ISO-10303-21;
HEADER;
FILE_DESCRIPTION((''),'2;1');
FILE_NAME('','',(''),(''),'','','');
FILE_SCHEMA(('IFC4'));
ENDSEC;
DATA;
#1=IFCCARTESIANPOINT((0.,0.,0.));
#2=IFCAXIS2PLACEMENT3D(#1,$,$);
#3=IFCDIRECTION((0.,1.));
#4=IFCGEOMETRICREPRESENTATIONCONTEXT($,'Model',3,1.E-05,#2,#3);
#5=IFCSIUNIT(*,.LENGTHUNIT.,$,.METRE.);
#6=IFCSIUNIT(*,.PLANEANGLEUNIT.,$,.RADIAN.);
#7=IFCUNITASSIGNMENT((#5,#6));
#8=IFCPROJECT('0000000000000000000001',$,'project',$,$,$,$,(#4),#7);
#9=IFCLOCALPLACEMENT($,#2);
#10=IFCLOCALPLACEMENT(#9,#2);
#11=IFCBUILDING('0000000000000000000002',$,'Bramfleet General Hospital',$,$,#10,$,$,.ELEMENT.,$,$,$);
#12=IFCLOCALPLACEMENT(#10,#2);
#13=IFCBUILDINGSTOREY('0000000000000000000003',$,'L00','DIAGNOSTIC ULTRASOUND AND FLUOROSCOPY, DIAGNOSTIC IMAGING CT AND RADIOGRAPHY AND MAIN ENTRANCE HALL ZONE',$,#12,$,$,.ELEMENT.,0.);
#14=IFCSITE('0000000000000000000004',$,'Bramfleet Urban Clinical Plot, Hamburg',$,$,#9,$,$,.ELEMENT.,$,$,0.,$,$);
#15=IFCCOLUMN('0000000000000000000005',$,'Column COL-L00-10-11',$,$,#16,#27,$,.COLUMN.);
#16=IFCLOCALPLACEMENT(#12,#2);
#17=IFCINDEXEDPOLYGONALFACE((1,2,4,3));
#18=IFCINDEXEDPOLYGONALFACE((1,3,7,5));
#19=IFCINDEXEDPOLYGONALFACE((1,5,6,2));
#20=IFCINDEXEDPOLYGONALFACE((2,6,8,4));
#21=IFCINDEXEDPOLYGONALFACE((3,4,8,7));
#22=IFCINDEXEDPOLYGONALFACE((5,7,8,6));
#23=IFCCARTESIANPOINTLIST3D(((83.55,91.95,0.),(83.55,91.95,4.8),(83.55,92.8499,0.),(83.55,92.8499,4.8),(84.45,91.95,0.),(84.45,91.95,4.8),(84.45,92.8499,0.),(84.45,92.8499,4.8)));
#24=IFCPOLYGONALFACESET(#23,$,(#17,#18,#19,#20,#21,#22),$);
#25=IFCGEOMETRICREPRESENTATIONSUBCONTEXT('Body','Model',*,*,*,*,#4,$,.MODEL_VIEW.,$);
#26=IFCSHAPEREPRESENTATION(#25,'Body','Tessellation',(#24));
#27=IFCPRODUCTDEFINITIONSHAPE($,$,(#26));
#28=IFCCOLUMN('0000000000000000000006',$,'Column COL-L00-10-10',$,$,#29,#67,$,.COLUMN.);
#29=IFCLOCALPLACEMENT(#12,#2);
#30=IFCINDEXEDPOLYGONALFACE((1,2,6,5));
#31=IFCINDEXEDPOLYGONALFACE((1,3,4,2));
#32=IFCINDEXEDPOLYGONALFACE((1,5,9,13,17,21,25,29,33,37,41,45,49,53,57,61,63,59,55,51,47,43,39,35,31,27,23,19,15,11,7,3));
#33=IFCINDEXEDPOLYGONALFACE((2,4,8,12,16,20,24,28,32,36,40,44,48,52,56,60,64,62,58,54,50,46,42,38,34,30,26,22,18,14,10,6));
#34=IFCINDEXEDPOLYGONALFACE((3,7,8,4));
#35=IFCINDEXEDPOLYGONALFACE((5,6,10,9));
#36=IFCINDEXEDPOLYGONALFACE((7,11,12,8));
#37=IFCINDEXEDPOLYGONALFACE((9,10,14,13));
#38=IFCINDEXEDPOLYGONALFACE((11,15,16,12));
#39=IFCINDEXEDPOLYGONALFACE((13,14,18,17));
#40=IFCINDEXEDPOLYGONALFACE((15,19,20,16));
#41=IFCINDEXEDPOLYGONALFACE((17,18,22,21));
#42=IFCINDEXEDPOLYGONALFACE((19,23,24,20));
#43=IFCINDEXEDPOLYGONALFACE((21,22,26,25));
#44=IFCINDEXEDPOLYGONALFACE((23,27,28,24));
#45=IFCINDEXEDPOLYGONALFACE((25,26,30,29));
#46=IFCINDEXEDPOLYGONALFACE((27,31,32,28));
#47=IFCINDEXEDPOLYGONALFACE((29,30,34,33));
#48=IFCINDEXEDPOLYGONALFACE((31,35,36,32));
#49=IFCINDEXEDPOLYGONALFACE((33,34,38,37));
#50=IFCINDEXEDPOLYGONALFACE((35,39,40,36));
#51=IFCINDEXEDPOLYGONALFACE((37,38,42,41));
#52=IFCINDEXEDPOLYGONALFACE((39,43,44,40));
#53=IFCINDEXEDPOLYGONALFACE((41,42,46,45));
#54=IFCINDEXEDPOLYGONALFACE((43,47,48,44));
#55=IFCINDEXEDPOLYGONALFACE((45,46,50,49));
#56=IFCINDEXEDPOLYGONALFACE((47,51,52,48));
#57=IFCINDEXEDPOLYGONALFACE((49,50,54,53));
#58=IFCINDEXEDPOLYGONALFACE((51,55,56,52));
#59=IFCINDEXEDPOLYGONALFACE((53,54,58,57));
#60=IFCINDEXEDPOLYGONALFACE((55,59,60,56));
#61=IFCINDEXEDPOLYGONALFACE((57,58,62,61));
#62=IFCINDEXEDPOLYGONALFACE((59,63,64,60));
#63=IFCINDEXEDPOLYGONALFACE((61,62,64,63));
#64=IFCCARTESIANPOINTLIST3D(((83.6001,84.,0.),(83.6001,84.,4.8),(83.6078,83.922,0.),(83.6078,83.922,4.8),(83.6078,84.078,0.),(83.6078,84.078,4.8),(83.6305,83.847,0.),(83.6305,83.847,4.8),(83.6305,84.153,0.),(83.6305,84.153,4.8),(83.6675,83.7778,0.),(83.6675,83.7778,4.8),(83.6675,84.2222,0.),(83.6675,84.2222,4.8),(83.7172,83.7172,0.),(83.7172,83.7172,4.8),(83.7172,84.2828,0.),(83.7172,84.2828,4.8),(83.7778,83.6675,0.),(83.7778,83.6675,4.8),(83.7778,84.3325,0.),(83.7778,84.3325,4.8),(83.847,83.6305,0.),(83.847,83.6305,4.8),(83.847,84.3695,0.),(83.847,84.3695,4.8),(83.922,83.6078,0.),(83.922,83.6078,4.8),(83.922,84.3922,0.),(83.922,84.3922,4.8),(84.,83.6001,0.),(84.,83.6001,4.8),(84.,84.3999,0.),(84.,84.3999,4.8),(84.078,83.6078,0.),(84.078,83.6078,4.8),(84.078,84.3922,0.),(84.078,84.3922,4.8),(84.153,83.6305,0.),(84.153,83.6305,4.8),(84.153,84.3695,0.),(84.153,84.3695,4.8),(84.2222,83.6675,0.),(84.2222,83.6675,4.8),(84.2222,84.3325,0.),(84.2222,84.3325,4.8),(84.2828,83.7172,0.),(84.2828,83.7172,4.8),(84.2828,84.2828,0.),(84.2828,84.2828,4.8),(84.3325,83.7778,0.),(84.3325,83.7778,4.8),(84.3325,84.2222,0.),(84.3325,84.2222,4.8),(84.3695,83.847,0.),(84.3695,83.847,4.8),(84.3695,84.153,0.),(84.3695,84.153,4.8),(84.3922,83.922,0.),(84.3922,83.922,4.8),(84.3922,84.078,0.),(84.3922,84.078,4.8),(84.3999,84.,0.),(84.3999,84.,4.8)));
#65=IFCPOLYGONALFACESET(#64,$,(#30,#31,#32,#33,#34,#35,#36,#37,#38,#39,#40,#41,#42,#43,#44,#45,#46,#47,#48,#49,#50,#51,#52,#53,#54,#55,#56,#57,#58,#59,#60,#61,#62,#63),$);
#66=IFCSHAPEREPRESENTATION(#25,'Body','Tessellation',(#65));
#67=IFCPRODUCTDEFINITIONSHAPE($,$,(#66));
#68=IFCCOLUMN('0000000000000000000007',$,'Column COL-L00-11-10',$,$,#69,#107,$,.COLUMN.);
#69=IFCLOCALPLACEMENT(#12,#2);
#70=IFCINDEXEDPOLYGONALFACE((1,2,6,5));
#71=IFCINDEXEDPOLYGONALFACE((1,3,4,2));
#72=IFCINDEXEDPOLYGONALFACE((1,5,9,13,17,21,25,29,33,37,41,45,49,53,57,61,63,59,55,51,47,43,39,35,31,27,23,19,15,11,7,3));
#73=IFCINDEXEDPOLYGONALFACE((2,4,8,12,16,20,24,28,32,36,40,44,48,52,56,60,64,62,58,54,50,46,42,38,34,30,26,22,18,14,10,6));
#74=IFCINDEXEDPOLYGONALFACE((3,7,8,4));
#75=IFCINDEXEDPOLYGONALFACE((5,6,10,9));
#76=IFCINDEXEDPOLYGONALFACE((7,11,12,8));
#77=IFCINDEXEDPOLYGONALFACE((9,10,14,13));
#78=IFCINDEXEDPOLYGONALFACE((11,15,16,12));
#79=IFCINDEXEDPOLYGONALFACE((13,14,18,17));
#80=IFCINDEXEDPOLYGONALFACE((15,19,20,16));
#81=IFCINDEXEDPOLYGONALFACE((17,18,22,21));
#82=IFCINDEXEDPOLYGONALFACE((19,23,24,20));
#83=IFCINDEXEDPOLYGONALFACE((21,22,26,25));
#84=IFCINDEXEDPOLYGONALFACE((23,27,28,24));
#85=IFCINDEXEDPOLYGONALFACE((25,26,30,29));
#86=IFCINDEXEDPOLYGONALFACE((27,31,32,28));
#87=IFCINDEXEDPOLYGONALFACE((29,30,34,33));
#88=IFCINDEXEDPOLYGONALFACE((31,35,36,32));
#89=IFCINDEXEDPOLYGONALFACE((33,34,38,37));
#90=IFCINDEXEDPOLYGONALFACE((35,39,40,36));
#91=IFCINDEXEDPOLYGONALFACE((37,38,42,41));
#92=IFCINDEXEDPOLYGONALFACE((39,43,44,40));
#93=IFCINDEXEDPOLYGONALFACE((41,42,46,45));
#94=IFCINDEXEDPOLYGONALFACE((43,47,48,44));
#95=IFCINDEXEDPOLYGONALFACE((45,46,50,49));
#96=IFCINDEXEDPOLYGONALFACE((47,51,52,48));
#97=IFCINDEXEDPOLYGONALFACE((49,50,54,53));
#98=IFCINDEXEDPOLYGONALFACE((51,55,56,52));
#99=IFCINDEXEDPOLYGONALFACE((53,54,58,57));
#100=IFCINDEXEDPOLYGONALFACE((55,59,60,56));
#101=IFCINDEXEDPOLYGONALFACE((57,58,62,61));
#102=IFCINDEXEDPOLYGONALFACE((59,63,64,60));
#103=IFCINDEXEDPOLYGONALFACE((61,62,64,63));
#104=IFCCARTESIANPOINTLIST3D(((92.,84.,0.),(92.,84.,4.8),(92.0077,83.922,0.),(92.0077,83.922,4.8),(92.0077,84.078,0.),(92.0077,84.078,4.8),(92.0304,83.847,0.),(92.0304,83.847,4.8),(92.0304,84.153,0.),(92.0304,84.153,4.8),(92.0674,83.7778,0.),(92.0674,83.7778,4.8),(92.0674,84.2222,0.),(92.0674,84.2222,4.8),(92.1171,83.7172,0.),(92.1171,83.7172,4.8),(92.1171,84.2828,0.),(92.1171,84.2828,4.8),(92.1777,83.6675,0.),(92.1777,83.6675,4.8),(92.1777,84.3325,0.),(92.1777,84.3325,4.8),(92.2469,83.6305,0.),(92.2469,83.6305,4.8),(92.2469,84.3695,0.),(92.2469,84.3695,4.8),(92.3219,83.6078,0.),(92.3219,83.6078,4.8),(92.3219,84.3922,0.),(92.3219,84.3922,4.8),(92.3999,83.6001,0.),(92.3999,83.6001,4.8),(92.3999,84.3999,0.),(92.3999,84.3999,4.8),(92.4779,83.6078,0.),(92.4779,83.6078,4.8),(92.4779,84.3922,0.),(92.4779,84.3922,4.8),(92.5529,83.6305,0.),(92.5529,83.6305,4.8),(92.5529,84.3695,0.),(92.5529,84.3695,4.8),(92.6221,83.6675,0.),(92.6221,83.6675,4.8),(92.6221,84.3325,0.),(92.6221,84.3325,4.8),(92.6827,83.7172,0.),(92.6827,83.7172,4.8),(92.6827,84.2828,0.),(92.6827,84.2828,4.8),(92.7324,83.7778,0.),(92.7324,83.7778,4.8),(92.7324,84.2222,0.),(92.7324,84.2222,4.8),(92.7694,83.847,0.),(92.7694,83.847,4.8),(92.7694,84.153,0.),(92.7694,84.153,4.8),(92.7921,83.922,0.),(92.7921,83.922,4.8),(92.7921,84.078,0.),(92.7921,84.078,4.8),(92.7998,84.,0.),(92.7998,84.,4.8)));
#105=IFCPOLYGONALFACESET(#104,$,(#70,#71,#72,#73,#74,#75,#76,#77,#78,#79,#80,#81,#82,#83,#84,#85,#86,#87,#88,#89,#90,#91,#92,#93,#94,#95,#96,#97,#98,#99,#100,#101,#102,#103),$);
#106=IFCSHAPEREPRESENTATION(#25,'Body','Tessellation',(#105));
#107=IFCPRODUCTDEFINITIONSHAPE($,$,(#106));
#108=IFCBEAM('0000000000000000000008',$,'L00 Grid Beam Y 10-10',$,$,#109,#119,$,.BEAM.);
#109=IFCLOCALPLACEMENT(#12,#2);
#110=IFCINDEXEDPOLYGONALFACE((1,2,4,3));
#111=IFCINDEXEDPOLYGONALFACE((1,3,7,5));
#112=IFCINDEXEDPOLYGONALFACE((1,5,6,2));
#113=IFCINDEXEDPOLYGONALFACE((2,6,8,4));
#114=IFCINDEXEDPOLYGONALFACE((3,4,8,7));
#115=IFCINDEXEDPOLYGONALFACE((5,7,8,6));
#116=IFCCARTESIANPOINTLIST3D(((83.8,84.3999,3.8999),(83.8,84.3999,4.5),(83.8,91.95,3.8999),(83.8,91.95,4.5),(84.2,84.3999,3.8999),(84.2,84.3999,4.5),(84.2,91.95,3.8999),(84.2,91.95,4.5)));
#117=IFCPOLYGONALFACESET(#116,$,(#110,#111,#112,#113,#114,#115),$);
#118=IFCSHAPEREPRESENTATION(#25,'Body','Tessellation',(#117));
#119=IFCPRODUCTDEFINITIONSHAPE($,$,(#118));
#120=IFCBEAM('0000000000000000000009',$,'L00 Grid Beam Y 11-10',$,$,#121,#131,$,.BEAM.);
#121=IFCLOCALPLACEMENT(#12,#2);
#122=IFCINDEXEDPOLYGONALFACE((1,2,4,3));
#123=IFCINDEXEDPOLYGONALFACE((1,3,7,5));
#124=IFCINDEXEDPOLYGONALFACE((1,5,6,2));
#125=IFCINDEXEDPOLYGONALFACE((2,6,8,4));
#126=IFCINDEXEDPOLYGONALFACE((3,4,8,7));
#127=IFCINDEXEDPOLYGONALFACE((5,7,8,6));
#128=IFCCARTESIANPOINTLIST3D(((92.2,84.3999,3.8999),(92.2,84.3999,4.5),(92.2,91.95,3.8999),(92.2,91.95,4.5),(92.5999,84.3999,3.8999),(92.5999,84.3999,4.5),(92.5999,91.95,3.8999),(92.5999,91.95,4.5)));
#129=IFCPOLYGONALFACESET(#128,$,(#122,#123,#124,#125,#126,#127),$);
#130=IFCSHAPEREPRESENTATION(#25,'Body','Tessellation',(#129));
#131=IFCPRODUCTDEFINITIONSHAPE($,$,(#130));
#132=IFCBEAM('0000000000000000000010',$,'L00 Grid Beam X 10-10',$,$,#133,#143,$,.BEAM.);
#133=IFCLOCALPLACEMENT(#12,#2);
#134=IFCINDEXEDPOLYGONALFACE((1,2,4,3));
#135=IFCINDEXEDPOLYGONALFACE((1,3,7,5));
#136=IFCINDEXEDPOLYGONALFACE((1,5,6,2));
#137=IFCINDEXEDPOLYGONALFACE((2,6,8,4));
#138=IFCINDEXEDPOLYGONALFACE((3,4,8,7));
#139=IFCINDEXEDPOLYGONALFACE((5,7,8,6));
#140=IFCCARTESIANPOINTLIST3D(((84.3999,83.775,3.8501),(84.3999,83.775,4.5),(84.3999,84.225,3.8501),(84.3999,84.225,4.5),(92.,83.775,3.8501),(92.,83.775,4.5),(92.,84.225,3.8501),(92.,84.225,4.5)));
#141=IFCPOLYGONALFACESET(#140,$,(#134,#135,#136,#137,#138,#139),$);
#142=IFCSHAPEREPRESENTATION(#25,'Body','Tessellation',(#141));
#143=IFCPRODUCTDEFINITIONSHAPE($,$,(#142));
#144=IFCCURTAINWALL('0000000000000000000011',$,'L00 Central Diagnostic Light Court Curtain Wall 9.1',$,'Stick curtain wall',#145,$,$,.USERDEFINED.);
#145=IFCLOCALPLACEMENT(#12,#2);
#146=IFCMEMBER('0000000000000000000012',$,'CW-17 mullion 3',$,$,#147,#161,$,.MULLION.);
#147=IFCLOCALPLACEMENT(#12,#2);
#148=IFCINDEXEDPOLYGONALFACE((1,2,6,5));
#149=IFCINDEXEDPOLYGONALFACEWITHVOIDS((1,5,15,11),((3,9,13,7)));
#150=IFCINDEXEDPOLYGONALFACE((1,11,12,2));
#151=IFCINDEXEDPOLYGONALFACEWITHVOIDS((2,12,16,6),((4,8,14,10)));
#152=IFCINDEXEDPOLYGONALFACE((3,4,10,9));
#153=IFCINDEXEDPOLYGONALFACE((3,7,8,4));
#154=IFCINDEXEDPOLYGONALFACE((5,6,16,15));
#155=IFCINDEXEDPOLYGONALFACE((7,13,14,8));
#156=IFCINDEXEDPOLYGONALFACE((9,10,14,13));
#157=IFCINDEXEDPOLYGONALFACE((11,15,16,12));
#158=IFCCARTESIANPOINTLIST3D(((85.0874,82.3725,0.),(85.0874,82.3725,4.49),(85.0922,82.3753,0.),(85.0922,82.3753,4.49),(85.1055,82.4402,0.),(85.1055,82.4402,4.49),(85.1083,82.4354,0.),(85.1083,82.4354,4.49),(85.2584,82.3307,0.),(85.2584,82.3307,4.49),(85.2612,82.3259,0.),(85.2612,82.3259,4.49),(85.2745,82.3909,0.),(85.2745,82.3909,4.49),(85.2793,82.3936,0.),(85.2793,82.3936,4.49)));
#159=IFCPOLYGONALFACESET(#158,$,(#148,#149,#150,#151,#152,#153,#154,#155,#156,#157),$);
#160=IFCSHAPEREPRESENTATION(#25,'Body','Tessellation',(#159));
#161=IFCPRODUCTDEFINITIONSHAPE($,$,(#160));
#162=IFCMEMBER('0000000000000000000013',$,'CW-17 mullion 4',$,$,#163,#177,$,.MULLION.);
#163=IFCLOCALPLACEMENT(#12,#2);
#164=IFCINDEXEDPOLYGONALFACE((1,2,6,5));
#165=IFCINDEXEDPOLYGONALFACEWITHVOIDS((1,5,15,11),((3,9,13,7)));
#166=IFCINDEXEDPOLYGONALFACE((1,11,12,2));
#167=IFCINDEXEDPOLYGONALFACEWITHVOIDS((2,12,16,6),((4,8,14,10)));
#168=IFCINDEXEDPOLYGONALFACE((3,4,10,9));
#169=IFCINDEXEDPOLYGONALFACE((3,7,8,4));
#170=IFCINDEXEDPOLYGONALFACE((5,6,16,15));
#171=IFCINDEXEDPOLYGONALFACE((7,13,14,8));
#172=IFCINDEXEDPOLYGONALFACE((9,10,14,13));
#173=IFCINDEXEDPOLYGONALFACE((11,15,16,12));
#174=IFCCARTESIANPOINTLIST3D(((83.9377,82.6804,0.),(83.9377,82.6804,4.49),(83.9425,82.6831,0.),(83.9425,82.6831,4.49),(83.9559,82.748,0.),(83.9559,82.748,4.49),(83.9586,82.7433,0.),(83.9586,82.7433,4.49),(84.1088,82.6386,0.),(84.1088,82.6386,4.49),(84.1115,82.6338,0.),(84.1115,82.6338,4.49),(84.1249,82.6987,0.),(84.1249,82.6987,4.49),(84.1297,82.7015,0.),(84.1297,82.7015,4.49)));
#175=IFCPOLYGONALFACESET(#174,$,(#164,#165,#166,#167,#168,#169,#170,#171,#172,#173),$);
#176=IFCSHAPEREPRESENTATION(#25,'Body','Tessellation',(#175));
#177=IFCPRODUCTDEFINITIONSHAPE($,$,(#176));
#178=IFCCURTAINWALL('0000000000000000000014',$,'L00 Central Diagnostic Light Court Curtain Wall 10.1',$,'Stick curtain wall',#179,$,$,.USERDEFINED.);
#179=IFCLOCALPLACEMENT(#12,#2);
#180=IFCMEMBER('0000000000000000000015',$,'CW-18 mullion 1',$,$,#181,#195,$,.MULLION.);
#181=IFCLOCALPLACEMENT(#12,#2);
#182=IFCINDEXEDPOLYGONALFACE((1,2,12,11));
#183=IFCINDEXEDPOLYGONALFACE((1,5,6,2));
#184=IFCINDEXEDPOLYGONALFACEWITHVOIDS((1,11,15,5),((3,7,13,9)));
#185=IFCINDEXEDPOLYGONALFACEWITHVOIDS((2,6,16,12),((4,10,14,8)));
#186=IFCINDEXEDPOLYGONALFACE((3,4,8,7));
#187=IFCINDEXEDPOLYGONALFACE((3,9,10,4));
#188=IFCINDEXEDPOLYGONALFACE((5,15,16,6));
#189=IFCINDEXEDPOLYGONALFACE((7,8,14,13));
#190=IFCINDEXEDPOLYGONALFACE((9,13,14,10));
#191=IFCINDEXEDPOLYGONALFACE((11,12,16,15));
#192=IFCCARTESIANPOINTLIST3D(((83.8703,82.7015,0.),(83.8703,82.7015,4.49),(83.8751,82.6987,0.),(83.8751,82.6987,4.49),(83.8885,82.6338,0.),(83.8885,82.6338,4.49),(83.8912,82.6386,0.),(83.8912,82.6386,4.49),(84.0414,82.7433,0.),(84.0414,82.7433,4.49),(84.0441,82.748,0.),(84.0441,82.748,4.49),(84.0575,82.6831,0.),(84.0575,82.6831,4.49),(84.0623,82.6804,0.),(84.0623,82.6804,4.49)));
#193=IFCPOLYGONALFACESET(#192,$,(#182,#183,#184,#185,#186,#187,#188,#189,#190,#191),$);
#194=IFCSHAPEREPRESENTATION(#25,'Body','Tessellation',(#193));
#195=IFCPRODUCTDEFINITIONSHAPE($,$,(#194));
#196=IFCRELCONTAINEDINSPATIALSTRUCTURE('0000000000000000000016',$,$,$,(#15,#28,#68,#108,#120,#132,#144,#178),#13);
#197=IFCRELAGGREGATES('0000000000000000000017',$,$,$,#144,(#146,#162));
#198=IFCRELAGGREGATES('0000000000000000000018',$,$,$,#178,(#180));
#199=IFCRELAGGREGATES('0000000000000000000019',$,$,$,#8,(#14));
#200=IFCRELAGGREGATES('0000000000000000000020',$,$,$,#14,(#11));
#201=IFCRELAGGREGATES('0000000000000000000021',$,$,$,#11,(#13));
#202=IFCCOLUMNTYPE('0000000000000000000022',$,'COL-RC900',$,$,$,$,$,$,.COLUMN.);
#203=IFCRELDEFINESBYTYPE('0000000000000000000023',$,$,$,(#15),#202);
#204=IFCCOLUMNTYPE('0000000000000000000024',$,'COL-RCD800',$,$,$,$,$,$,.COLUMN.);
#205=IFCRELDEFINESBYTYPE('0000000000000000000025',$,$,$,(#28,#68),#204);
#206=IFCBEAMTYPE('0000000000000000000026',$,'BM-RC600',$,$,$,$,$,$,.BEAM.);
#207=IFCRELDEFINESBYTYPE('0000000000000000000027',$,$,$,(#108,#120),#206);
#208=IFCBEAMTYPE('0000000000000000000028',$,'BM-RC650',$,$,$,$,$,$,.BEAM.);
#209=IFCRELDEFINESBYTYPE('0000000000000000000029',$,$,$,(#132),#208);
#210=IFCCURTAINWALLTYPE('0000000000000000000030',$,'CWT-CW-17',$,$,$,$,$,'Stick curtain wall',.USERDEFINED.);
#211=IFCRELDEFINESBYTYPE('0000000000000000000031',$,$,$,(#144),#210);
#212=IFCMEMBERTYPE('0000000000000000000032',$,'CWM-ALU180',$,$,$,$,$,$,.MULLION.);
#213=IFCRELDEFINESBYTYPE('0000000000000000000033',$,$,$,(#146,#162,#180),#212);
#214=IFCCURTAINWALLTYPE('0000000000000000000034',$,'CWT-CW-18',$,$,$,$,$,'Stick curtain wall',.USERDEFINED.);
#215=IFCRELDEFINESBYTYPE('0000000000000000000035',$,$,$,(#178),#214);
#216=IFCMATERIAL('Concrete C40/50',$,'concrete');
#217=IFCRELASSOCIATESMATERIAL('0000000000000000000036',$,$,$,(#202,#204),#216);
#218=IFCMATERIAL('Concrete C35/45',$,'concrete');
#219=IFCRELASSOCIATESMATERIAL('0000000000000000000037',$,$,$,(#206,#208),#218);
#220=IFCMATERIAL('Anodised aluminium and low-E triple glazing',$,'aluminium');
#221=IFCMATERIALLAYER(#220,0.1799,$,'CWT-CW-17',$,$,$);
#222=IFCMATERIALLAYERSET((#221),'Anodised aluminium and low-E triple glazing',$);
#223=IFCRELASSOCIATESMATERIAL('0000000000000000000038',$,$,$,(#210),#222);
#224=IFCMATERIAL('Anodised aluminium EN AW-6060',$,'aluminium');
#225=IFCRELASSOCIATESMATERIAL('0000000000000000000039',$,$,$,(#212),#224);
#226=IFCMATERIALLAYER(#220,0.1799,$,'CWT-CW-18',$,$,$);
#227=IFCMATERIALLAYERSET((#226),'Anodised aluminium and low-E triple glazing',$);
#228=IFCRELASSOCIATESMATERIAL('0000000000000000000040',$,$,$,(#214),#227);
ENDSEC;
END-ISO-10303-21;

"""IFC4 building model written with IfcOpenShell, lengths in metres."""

from ifc_helpers import new_model, si_unit, direction, frame, origin, origin_2d, place, context, subcontext, project, spatial, rectangle, hollow_rectangle, circle, extrude, material, layer, layer_set, material_profile, profile_set, type_object, element, aggregate, save


model = new_model("IFC4")

# Units and contexts
model_context = context("Model", 3, precision=1e-05, world=origin(), true_north=direction((0.0, 1.0)))
body_context = subcontext(model_context, "Body", "Model", "MODEL_VIEW")
ifc_project = project(units=[si_unit("LENGTHUNIT", "METRE"), si_unit("PLANEANGLEUNIT", "RADIAN")], contexts=[model_context])

# Site, building, storey
site_placement = place(None, origin())
site = spatial("IfcSite", under=ifc_project, at=site_placement, Name="Bramfleet Urban Clinical Plot, Hamburg", CompositionType="ELEMENT", RefElevation=0.0)
building_placement = place(site_placement, origin())
building = spatial("IfcBuilding", under=site, at=building_placement, Name="Bramfleet General Hospital", CompositionType="ELEMENT")
storey_placement = place(building_placement, origin())
storey = spatial("IfcBuildingStorey", under=building, at=storey_placement, Name="L00", Description="DIAGNOSTIC ULTRASOUND AND FLUOROSCOPY, DIAGNOSTIC IMAGING CT AND RADIOGRAPHY AND MAIN ENTRANCE HALL ZONE", CompositionType="ELEMENT", Elevation=0.0)

# Columns
ifc_material_1 = material(Name="Concrete C40/50", Category="concrete")
ifc_material_profile_1 = material_profile(ifc_material_1, rectangle(XDim=0.8999, YDim=0.8999, at=origin_2d()), Name="RC COL 900x900")
ifc_profile_set_1 = profile_set([ifc_material_profile_1], Name="Concrete C40/50")
column_type_1 = type_object("IfcColumnType", Name="COL-RC900", PredefinedType="COLUMN", material=ifc_profile_set_1)
column_placement = place(storey_placement, frame((84.0, 92.3999, 0.0), z_axis=(0.0, 0.0, 1.0), x_axis=(1.0, 0.0, 0.0)))
element("IfcColumn", 1, at=column_placement, inside=storey, type_object=column_type_1, Name="Column COL-L00-10-11", PredefinedType="COLUMN", context=body_context, shape_type="SweptSolid", body=[
    extrude(rectangle(XDim=0.8999, YDim=0.8999, at=origin_2d()), origin(), (0.0, 0.0, 1.0), 4.8),
])
ifc_material_profile_2 = material_profile(ifc_material_1, circle(Radius=0.3999, at=origin_2d()), Name="RC ROUND D800")
ifc_profile_set_2 = profile_set([ifc_material_profile_2], Name="Concrete C40/50")
column_type_2 = type_object("IfcColumnType", Name="COL-RCD800", PredefinedType="COLUMN", material=ifc_profile_set_2)
for number, where, z_axis, x_axis, name in (
    (2, (84.0, 84.0, 0.0), (0.0, 0.0, 1.0), (1.0, 0.0, 0.0), "Column COL-L00-10-10"),
    (3, (92.3999, 84.0, 0.0), (0.0, 0.0, 1.0), (1.0, 0.0, 0.0), "Column COL-L00-11-10"),
):
    element("IfcColumn", number, at=place(storey_placement, frame(where, z_axis=z_axis, x_axis=x_axis)), inside=storey, type_object=column_type_2, Name=name, PredefinedType="COLUMN", context=body_context, shape_type="SweptSolid", body=[
        extrude(circle(Radius=0.3999, at=origin_2d()), origin(), (0.0, 0.0, 1.0), 4.8),
    ])

# Beams
ifc_material_2 = material(Name="Concrete C35/45", Category="concrete")
ifc_material_profile_3 = material_profile(ifc_material_2, rectangle(XDim=0.3999, YDim=0.6001, at=origin_2d()), Name="RC BM 600x400")
ifc_profile_set_3 = profile_set([ifc_material_profile_3], Name="Concrete C35/45")
beam_type_1 = type_object("IfcBeamType", Name="BM-RC600", PredefinedType="BEAM", material=ifc_profile_set_3)
for number, where, z_axis, x_axis, name in (
    (4, (84.0, 84.3999, 4.2), (0.0, 1.0, 0.0), (-1.0, 0.0, 0.0), "L00 Grid Beam Y 10-10"),
    (5, (92.3999, 84.3999, 4.2), (0.0, 1.0, 0.0), (-1.0, 0.0, 0.0), "L00 Grid Beam Y 11-10"),
):
    element("IfcBeam", number, at=place(storey_placement, frame(where, z_axis=z_axis, x_axis=x_axis)), inside=storey, type_object=beam_type_1, Name=name, PredefinedType="BEAM", context=body_context, shape_type="SweptSolid", body=[
        extrude(rectangle(XDim=0.3999, YDim=0.6001, at=origin_2d()), origin(), (0.0, 0.0, 1.0), 7.55),
    ])
ifc_material_profile_4 = material_profile(ifc_material_2, rectangle(XDim=0.45, YDim=0.6499, at=origin_2d()), Name="RC BM 650x450")
ifc_profile_set_4 = profile_set([ifc_material_profile_4], Name="Concrete C35/45")
beam_type_2 = type_object("IfcBeamType", Name="BM-RC650", PredefinedType="BEAM", material=ifc_profile_set_4)
beam_placement = place(storey_placement, frame((84.3999, 84.0, 4.175), z_axis=(1.0, 0.0, 0.0), x_axis=(0.0, 1.0, 0.0)))
element("IfcBeam", 6, at=beam_placement, inside=storey, type_object=beam_type_2, Name="L00 Grid Beam X 10-10", PredefinedType="BEAM", context=body_context, shape_type="SweptSolid", body=[
    extrude(rectangle(XDim=0.45, YDim=0.6499, at=origin_2d()), origin(), (0.0, 0.0, 1.0), 7.6001),
])

# Curtain walls, members
ifc_material_3 = material(Name="Anodised aluminium and low-E triple glazing", Category="aluminium")
ifc_layer_1 = layer(ifc_material_3, 0.1799, Name="CWT-CW-17")
ifc_layer_set_1 = layer_set([ifc_layer_1], Name="Anodised aluminium and low-E triple glazing")
curtain_wall_type_1 = type_object("IfcCurtainWallType", Name="CWT-CW-17", ElementType="Stick curtain wall", PredefinedType="USERDEFINED", material=ifc_layer_set_1)
curtain_wall_1_placement = place(storey_placement, origin())
curtain_wall_1 = element("IfcCurtainWall", 7, at=curtain_wall_1_placement, inside=storey, type_object=curtain_wall_type_1, Name="L00 Central Diagnostic Light Court Curtain Wall 9.1", ObjectType="Stick curtain wall", PredefinedType="USERDEFINED")
ifc_material_4 = material(Name="Anodised aluminium EN AW-6060", Category="aluminium")
ifc_material_profile_5 = material_profile(ifc_material_4, hollow_rectangle(XDim=0.0701, YDim=0.1799, WallThickness=0.0039, at=origin_2d()), Name="ALU 180x70x4.0")
ifc_profile_set_5 = profile_set([ifc_material_profile_5], Name="Anodised aluminium EN AW-6060")
member_type_1 = type_object("IfcMemberType", Name="CWM-ALU180", PredefinedType="MULLION", material=ifc_profile_set_5)
member_1_placement = place(storey_placement, frame((85.1833, 82.3831, 0.0), z_axis=(0.0, 0.0, 1.0), x_axis=(-0.258763, -0.965941, 0.0)))
member_1 = element("IfcMember", 8, at=member_1_placement, type_object=member_type_1, Name="CW-17 mullion 3", PredefinedType="MULLION", context=body_context, shape_type="SweptSolid", body=[
    extrude(hollow_rectangle(XDim=0.0701, YDim=0.1799, WallThickness=0.0039, at=origin_2d()), origin(), (0.0, 0.0, 1.0), 4.49),
])
member_2_placement = place(storey_placement, frame((84.0337, 82.6909, 0.0), z_axis=(0.0, 0.0, 1.0), x_axis=(-0.258763, -0.965941, 0.0)))
member_2 = element("IfcMember", 9, at=member_2_placement, type_object=member_type_1, Name="CW-17 mullion 4", PredefinedType="MULLION", context=body_context, shape_type="SweptSolid", body=[
    extrude(hollow_rectangle(XDim=0.0701, YDim=0.1799, WallThickness=0.0039, at=origin_2d()), origin(), (0.0, 0.0, 1.0), 4.49),
])
ifc_layer_2 = layer(ifc_material_3, 0.1799, Name="CWT-CW-18")
ifc_layer_set_2 = layer_set([ifc_layer_2], Name="Anodised aluminium and low-E triple glazing")
curtain_wall_type_2 = type_object("IfcCurtainWallType", Name="CWT-CW-18", ElementType="Stick curtain wall", PredefinedType="USERDEFINED", material=ifc_layer_set_2)
curtain_wall_2_placement = place(storey_placement, origin())
curtain_wall_2 = element("IfcCurtainWall", 10, at=curtain_wall_2_placement, inside=storey, type_object=curtain_wall_type_2, Name="L00 Central Diagnostic Light Court Curtain Wall 10.1", ObjectType="Stick curtain wall", PredefinedType="USERDEFINED")
member_3_placement = place(storey_placement, frame((83.9663, 82.6909, 0.0), z_axis=(0.0, 0.0, 1.0), x_axis=(0.258763, -0.965941, 0.0)))
member_3 = element("IfcMember", 11, at=member_3_placement, type_object=member_type_1, Name="CW-18 mullion 1", PredefinedType="MULLION", context=body_context, shape_type="SweptSolid", body=[
    extrude(hollow_rectangle(XDim=0.0701, YDim=0.1799, WallThickness=0.0039, at=origin_2d()), origin(), (0.0, 0.0, 1.0), 4.49),
])

aggregate(curtain_wall_1, [member_1, member_2])
aggregate(curtain_wall_2, [member_3])

save(model, "model.ifc")
